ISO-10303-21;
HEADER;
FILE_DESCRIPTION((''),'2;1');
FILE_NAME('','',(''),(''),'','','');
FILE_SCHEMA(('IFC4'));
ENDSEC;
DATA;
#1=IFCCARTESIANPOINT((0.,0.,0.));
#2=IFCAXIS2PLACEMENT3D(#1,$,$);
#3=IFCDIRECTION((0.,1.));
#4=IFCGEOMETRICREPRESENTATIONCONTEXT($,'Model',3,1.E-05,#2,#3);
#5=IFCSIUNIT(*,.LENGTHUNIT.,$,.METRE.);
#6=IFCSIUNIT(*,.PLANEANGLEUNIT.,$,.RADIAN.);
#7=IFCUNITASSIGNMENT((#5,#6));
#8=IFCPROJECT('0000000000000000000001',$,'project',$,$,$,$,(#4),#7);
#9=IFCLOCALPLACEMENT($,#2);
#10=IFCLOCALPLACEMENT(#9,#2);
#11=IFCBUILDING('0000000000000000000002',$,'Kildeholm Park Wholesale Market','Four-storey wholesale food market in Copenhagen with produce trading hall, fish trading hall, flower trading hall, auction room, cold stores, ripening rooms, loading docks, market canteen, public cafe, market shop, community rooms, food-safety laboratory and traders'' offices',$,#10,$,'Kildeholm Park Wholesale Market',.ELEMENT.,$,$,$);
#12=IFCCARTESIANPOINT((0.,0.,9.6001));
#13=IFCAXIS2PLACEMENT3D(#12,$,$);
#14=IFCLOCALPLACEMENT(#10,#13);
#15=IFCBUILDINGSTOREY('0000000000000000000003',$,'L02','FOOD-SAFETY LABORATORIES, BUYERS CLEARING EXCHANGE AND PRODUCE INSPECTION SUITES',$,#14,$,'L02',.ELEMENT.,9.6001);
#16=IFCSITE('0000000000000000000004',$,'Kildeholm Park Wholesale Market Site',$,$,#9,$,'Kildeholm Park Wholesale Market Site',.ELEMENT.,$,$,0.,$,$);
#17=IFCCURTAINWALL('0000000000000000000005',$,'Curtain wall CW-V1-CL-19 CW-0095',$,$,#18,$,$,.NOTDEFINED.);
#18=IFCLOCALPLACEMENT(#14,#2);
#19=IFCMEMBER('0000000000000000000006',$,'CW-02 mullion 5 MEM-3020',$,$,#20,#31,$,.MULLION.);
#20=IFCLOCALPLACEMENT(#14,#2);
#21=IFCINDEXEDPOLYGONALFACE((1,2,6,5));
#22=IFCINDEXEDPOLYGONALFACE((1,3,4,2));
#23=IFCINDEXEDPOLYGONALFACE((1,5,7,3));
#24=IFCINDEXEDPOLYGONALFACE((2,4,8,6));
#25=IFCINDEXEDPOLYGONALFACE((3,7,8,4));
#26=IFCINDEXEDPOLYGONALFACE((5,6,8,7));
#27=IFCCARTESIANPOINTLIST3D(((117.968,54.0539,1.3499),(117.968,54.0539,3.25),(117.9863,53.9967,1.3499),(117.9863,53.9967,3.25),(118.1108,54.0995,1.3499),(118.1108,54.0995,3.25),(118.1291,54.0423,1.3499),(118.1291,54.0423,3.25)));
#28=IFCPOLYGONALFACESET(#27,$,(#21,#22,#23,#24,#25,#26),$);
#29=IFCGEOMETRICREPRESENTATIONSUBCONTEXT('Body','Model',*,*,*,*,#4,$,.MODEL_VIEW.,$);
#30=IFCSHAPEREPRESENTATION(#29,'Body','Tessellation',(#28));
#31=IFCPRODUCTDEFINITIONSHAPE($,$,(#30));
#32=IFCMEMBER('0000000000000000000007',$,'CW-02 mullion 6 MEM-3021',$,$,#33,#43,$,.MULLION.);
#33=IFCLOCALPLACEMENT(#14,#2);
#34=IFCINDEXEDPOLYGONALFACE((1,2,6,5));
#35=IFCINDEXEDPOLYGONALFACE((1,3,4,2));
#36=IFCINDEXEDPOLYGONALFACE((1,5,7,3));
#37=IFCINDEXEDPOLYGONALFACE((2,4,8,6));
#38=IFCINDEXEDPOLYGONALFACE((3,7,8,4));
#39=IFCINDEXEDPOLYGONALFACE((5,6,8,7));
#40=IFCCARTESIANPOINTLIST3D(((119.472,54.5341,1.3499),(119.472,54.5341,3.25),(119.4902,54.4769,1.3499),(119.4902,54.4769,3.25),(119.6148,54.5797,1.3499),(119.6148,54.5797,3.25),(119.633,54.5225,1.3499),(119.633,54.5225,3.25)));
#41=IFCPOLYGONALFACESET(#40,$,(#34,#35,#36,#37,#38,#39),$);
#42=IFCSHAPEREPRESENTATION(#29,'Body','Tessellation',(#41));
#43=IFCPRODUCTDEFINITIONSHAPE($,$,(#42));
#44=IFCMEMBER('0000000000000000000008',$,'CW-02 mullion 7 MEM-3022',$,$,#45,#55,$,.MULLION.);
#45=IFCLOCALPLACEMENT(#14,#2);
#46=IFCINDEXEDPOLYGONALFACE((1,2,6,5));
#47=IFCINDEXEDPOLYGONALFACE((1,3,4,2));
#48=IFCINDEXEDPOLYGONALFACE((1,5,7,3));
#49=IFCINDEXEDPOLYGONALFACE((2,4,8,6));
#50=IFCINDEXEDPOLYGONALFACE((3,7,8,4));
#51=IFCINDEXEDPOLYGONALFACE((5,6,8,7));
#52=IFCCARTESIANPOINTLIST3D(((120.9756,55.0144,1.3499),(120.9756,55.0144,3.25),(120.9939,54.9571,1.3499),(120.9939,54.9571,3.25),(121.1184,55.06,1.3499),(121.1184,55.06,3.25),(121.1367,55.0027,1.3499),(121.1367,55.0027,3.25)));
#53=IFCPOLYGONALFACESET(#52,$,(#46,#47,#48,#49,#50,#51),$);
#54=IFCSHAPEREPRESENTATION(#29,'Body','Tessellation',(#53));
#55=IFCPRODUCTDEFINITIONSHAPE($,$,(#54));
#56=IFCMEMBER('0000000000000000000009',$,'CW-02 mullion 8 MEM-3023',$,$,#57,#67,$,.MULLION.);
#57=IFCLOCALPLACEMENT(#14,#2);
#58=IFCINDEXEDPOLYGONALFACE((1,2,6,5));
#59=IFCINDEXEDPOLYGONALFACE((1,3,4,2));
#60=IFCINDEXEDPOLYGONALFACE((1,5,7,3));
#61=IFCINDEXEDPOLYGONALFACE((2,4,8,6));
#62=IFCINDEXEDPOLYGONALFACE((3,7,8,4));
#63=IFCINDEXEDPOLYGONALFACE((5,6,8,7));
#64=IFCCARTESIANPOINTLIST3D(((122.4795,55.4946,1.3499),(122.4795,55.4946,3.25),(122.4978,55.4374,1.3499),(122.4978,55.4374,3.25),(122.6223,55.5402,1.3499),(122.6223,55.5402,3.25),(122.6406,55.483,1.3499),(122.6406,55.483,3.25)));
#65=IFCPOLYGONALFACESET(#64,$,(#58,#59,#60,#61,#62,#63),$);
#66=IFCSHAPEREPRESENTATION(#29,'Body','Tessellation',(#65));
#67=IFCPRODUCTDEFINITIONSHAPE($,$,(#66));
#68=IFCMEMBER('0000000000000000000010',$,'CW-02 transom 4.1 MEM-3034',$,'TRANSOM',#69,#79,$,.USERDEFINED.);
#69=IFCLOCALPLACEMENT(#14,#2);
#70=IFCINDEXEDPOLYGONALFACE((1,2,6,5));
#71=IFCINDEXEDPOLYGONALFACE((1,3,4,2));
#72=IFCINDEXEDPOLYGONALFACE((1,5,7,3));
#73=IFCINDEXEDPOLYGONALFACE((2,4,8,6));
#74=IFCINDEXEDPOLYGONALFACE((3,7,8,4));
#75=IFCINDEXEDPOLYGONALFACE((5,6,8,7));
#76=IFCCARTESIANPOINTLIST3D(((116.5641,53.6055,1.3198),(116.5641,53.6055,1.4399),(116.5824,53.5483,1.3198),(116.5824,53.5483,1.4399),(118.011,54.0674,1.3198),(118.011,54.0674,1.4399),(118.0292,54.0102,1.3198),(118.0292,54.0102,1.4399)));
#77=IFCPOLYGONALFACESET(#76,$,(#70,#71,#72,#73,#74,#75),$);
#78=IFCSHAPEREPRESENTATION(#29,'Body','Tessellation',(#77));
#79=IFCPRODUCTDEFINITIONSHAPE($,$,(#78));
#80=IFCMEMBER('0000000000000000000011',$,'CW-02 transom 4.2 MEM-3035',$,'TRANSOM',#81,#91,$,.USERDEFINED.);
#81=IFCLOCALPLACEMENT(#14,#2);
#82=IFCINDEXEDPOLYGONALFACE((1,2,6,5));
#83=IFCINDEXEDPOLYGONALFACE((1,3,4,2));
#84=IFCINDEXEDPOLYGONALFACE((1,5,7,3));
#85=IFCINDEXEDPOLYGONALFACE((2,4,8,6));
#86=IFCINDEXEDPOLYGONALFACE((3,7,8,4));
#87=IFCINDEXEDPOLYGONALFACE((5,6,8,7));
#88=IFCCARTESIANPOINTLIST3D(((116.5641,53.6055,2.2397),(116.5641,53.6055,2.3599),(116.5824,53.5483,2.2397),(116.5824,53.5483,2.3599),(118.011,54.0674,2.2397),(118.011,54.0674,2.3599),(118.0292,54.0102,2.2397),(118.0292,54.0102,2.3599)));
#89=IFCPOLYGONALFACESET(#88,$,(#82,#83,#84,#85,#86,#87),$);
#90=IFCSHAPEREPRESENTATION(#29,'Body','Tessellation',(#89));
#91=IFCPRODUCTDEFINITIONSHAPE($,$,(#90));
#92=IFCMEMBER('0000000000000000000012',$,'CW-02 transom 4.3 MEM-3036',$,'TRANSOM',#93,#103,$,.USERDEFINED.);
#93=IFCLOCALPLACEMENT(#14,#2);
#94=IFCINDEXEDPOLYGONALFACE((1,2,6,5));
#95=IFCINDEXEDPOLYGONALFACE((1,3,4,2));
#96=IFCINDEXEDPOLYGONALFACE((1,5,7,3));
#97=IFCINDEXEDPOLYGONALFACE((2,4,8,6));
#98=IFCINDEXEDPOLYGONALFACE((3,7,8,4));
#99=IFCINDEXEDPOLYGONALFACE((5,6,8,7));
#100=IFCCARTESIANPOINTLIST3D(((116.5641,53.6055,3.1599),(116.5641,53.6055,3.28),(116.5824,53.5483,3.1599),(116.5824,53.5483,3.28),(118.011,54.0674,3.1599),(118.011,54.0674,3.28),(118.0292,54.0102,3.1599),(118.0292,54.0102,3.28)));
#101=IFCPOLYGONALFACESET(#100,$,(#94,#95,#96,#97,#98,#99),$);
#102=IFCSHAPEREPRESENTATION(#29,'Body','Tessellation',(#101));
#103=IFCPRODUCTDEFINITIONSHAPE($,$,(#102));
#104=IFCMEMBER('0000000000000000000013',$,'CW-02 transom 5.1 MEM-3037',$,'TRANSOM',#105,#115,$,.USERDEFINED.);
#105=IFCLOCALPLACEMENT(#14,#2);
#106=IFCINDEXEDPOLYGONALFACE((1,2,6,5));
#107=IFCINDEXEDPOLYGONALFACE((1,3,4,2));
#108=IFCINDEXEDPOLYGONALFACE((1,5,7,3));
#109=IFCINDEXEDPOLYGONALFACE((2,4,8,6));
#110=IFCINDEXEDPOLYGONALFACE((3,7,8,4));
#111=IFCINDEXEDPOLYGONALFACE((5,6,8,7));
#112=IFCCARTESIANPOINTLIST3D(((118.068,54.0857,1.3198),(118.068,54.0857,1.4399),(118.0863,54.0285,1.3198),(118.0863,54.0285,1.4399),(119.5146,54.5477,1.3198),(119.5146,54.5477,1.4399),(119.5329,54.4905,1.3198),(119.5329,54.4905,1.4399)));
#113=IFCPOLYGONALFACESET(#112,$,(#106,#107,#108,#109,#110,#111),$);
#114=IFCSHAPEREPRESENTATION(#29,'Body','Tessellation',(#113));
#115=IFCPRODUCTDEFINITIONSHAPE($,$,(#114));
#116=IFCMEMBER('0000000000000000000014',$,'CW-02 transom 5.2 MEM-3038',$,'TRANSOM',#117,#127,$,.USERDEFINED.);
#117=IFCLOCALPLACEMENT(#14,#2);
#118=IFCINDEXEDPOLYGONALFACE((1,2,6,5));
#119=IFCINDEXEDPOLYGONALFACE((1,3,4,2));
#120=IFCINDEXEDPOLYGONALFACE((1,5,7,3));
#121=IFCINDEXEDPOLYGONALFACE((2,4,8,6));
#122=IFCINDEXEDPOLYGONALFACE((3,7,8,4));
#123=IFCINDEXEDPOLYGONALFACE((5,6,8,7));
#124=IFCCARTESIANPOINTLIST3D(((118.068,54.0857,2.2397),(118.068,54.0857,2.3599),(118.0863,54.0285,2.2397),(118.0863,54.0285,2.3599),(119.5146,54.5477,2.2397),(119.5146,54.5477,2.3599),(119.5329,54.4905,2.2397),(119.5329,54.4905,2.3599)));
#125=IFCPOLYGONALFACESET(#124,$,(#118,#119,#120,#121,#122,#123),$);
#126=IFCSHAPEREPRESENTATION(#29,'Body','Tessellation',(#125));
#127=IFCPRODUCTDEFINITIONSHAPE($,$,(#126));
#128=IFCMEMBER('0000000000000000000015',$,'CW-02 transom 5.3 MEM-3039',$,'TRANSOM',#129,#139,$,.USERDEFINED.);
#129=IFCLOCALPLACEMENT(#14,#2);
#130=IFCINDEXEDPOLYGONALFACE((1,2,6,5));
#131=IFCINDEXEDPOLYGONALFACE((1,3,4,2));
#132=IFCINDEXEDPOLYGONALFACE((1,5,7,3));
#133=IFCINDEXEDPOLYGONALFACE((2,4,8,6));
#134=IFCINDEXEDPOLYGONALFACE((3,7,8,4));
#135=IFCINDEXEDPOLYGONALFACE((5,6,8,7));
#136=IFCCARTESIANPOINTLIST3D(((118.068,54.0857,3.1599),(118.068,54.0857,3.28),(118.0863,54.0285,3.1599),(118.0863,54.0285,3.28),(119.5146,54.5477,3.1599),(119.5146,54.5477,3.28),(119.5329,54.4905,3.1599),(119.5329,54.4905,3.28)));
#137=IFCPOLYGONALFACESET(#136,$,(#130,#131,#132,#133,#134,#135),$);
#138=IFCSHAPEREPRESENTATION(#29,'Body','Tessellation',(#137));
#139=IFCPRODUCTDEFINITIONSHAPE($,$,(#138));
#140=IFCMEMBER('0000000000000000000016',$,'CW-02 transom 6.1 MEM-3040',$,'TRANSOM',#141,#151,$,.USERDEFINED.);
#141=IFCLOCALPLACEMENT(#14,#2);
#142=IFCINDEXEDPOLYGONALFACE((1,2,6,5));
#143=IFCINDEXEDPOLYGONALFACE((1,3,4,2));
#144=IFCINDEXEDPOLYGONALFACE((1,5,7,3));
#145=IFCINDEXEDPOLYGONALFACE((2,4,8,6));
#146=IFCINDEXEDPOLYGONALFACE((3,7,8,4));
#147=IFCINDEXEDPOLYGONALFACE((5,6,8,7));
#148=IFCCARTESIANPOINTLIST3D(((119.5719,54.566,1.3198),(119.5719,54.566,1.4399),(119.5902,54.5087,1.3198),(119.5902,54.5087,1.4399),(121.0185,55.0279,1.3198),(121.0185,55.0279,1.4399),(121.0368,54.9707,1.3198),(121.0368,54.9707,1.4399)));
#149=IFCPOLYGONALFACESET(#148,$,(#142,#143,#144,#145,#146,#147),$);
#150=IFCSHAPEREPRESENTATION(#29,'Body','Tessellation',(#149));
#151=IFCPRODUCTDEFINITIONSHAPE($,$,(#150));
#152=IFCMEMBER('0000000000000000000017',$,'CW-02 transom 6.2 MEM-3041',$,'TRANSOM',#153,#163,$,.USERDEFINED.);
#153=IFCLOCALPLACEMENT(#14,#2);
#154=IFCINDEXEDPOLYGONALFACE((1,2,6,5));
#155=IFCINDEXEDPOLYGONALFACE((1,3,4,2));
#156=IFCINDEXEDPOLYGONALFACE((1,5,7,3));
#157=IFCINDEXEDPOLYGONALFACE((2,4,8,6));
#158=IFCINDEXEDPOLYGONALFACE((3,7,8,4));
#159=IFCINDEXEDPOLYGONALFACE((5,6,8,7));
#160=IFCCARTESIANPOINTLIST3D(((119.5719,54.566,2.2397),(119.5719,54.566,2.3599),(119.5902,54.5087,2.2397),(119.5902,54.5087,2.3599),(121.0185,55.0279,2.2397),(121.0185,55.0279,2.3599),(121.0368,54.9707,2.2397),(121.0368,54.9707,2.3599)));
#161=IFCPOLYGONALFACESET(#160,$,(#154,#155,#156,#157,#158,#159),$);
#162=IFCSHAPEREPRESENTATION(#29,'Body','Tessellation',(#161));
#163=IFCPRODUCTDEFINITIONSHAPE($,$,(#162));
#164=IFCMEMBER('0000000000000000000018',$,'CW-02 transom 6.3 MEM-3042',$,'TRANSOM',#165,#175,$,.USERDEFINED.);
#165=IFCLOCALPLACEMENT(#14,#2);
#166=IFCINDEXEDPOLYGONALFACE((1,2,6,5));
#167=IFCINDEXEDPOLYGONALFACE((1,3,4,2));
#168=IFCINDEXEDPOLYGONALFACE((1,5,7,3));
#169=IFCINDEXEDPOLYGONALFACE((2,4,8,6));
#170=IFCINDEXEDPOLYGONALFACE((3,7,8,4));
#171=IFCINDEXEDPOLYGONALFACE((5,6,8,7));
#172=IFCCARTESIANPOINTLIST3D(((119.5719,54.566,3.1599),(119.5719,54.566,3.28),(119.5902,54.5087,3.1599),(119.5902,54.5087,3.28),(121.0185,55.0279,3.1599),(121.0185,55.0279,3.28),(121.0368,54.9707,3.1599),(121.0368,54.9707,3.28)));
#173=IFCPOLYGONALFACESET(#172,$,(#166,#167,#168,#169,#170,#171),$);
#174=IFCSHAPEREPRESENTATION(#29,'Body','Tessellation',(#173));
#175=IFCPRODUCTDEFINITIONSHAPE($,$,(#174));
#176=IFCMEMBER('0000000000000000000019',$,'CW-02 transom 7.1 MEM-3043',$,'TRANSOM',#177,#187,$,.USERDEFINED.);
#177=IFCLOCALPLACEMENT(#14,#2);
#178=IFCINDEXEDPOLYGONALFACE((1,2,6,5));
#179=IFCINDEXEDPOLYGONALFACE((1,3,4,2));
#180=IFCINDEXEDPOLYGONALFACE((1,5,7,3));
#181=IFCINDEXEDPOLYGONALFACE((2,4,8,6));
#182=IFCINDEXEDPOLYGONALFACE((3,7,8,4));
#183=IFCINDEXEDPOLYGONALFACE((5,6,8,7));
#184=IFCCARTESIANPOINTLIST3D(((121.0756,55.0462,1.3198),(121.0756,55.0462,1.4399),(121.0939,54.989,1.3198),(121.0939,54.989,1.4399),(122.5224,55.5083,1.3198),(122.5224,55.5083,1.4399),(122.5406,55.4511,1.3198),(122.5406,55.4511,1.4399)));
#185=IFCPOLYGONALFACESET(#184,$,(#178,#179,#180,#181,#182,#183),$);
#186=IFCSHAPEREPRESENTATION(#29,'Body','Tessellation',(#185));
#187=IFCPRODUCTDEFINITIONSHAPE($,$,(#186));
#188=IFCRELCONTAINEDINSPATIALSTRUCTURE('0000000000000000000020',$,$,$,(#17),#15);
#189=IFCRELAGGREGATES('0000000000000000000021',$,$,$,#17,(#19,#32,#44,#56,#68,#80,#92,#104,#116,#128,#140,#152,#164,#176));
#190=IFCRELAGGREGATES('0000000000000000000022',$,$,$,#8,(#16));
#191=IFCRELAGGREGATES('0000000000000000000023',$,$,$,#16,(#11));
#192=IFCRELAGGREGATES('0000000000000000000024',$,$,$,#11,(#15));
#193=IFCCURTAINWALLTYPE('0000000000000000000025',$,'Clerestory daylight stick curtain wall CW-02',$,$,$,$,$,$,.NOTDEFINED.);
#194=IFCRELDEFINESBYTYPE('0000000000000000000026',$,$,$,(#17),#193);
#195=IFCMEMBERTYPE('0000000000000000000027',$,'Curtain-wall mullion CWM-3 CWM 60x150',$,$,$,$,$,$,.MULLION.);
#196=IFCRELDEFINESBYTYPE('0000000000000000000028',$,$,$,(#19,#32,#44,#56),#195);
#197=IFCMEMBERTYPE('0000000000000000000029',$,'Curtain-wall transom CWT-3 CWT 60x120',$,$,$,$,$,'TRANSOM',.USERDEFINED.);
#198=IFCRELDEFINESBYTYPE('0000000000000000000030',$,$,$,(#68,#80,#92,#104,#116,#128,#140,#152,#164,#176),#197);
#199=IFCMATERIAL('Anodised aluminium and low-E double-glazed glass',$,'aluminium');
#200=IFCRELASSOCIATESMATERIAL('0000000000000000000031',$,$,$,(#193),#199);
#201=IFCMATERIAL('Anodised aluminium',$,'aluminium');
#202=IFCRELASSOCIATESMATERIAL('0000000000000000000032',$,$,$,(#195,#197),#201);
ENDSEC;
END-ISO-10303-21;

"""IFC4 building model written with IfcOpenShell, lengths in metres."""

from ifc_helpers import new_model, si_unit, direction, frame, origin, origin_2d, place, context, subcontext, project, spatial, rectangle, extrude, material, material_profile, profile_set, type_object, element, aggregate, save


model = new_model("IFC4")

# Units and contexts
model_context = context("Model", 3, precision=1e-05, world=origin(), true_north=direction((0.0, 1.0)))
body_context = subcontext(model_context, "Body", "Model", "MODEL_VIEW")
ifc_project = project(units=[si_unit("LENGTHUNIT", "METRE"), si_unit("PLANEANGLEUNIT", "RADIAN")], contexts=[model_context])

# Site, building, storey
site_placement = place(None, origin())
site = spatial("IfcSite", under=ifc_project, at=site_placement, Name="Kildeholm Park Wholesale Market Site", LongName="Kildeholm Park Wholesale Market Site", CompositionType="ELEMENT", RefElevation=0.0)
building_placement = place(site_placement, origin())
building = spatial("IfcBuilding", under=site, at=building_placement, Name="Kildeholm Park Wholesale Market", Description="Four-storey wholesale food market in Copenhagen with produce trading hall, fish trading hall, flower trading hall, auction room, cold stores, ripening rooms, loading docks, market canteen, public cafe, market shop, community rooms, food-safety laboratory and traders' offices", LongName="Kildeholm Park Wholesale Market", CompositionType="ELEMENT")
storey_placement = place(building_placement, frame((0.0, 0.0, 9.6001)))
storey = spatial("IfcBuildingStorey", under=building, at=storey_placement, Name="L02", Description="FOOD-SAFETY LABORATORIES, BUYERS CLEARING EXCHANGE AND PRODUCE INSPECTION SUITES", LongName="L02", CompositionType="ELEMENT", Elevation=9.6001)

# Curtain wall, members
ifc_material_1 = material(Name="Anodised aluminium and low-E double-glazed glass", Category="aluminium")
curtain_wall_type = type_object("IfcCurtainWallType", Name="Clerestory daylight stick curtain wall CW-02", PredefinedType="NOTDEFINED", material=ifc_material_1)
curtain_wall_placement = place(storey_placement, origin())
curtain_wall = element("IfcCurtainWall", 1, at=curtain_wall_placement, inside=storey, type_object=curtain_wall_type, Name="Curtain wall CW-V1-CL-19 CW-0095", PredefinedType="NOTDEFINED")
ifc_material_2 = material(Name="Anodised aluminium", Category="aluminium")
ifc_material_profile_1 = material_profile(ifc_material_2, rectangle(XDim=0.0601, YDim=0.1499, at=origin_2d()), Name="CWM 60x150")
ifc_profile_set_1 = profile_set([ifc_material_profile_1], Name="Anodised aluminium")
member_type_1 = type_object("IfcMemberType", Name="Curtain-wall mullion CWM-3 CWM 60x150", PredefinedType="MULLION", material=ifc_profile_set_1)
member_1_placement = place(storey_placement, frame((118.0486, 54.0481, 1.3499), z_axis=(0.0, 0.0, 1.0), x_axis=(-0.304207, 0.952606, 0.0)))
member_1 = element("IfcMember", 2, at=member_1_placement, type_object=member_type_1, Name="CW-02 mullion 5 MEM-3020", PredefinedType="MULLION", context=body_context, shape_type="SweptSolid", body=[
    extrude(rectangle(XDim=0.0601, YDim=0.1499, at=origin_2d()), origin(), (0.0, 0.0, 1.0), 1.9001),
])
member_2_placement = place(storey_placement, frame((119.5525, 54.5283, 1.3499), z_axis=(0.0, 0.0, 1.0), x_axis=(-0.304207, 0.952606, 0.0)))
member_2 = element("IfcMember", 3, at=member_2_placement, type_object=member_type_1, Name="CW-02 mullion 6 MEM-3021", PredefinedType="MULLION", context=body_context, shape_type="SweptSolid", body=[
    extrude(rectangle(XDim=0.0601, YDim=0.1499, at=origin_2d()), origin(), (0.0, 0.0, 1.0), 1.9001),
])
member_3_placement = place(storey_placement, frame((121.0562, 55.0085, 1.3499), z_axis=(0.0, 0.0, 1.0), x_axis=(-0.304207, 0.952606, 0.0)))
member_3 = element("IfcMember", 4, at=member_3_placement, type_object=member_type_1, Name="CW-02 mullion 7 MEM-3022", PredefinedType="MULLION", context=body_context, shape_type="SweptSolid", body=[
    extrude(rectangle(XDim=0.0601, YDim=0.1499, at=origin_2d()), origin(), (0.0, 0.0, 1.0), 1.9001),
])
member_4_placement = place(storey_placement, frame((122.5601, 55.4888, 1.3499), z_axis=(0.0, 0.0, 1.0), x_axis=(-0.304207, 0.952606, 0.0)))
member_4 = element("IfcMember", 5, at=member_4_placement, type_object=member_type_1, Name="CW-02 mullion 8 MEM-3023", PredefinedType="MULLION", context=body_context, shape_type="SweptSolid", body=[
    extrude(rectangle(XDim=0.0601, YDim=0.1499, at=origin_2d()), origin(), (0.0, 0.0, 1.0), 1.9001),
])
ifc_material_profile_2 = material_profile(ifc_material_2, rectangle(XDim=0.0601, YDim=0.1201, at=origin_2d()), Name="CWT 60x120")
ifc_profile_set_2 = profile_set([ifc_material_profile_2], Name="Anodised aluminium")
member_type_2 = type_object("IfcMemberType", Name="Curtain-wall transom CWT-3 CWT 60x120", ElementType="TRANSOM", PredefinedType="USERDEFINED", material=ifc_profile_set_2)
member_5_placement = place(storey_placement, frame((116.5732, 53.5769, 1.3799), z_axis=(0.952626, 0.304146, 0.0), x_axis=(-0.304146, 0.952626, 0.0)))
member_5 = element("IfcMember", 6, at=member_5_placement, type_object=member_type_2, Name="CW-02 transom 4.1 MEM-3034", ObjectType="TRANSOM", PredefinedType="USERDEFINED", context=body_context, shape_type="SweptSolid", body=[
    extrude(rectangle(XDim=0.0601, YDim=0.1201, at=origin_2d()), origin(), (0.0, 0.0, 1.0), 1.5188),
])
member_6_placement = place(storey_placement, frame((116.5732, 53.5769, 2.2998), z_axis=(0.952626, 0.304146, 0.0), x_axis=(-0.304146, 0.952626, 0.0)))
member_6 = element("IfcMember", 7, at=member_6_placement, type_object=member_type_2, Name="CW-02 transom 4.2 MEM-3035", ObjectType="TRANSOM", PredefinedType="USERDEFINED", context=body_context, shape_type="SweptSolid", body=[
    extrude(rectangle(XDim=0.0601, YDim=0.1201, at=origin_2d()), origin(), (0.0, 0.0, 1.0), 1.5188),
])
member_7_placement = place(storey_placement, frame((116.5732, 53.5769, 3.22), z_axis=(0.952626, 0.304146, 0.0), x_axis=(-0.304146, 0.952626, 0.0)))
member_7 = element("IfcMember", 8, at=member_7_placement, type_object=member_type_2, Name="CW-02 transom 4.3 MEM-3036", ObjectType="TRANSOM", PredefinedType="USERDEFINED", context=body_context, shape_type="SweptSolid", body=[
    extrude(rectangle(XDim=0.0601, YDim=0.1201, at=origin_2d()), origin(), (0.0, 0.0, 1.0), 1.5188),
])
member_8_placement = place(storey_placement, frame((118.0771, 54.0571, 1.3799), z_axis=(0.952611, 0.304192, 0.0), x_axis=(-0.304192, 0.952611, 0.0)))
member_8 = element("IfcMember", 9, at=member_8_placement, type_object=member_type_2, Name="CW-02 transom 5.1 MEM-3037", ObjectType="TRANSOM", PredefinedType="USERDEFINED", context=body_context, shape_type="SweptSolid", body=[
    extrude(rectangle(XDim=0.0601, YDim=0.1201, at=origin_2d()), origin(), (0.0, 0.0, 1.0), 1.5186),
])
member_9_placement = place(storey_placement, frame((118.0771, 54.0571, 2.2998), z_axis=(0.952611, 0.304192, 0.0), x_axis=(-0.304192, 0.952611, 0.0)))
member_9 = element("IfcMember", 10, at=member_9_placement, type_object=member_type_2, Name="CW-02 transom 5.2 MEM-3038", ObjectType="TRANSOM", PredefinedType="USERDEFINED", context=body_context, shape_type="SweptSolid", body=[
    extrude(rectangle(XDim=0.0601, YDim=0.1201, at=origin_2d()), origin(), (0.0, 0.0, 1.0), 1.5186),
])
member_10_placement = place(storey_placement, frame((118.0771, 54.0571, 3.22), z_axis=(0.952611, 0.304192, 0.0), x_axis=(-0.304192, 0.952611, 0.0)))
member_10 = element("IfcMember", 11, at=member_10_placement, type_object=member_type_2, Name="CW-02 transom 5.3 MEM-3039", ObjectType="TRANSOM", PredefinedType="USERDEFINED", context=body_context, shape_type="SweptSolid", body=[
    extrude(rectangle(XDim=0.0601, YDim=0.1201, at=origin_2d()), origin(), (0.0, 0.0, 1.0), 1.5186),
])
member_11_placement = place(storey_placement, frame((119.5811, 54.5374, 1.3799), z_axis=(0.952611, 0.304192, 0.0), x_axis=(-0.304192, 0.952611, 0.0)))
member_11 = element("IfcMember", 12, at=member_11_placement, type_object=member_type_2, Name="CW-02 transom 6.1 MEM-3040", ObjectType="TRANSOM", PredefinedType="USERDEFINED", context=body_context, shape_type="SweptSolid", body=[
    extrude(rectangle(XDim=0.0601, YDim=0.1201, at=origin_2d()), origin(), (0.0, 0.0, 1.0), 1.5186),
])
member_12_placement = place(storey_placement, frame((119.5811, 54.5374, 2.2998), z_axis=(0.952611, 0.304192, 0.0), x_axis=(-0.304192, 0.952611, 0.0)))
member_12 = element("IfcMember", 13, at=member_12_placement, type_object=member_type_2, Name="CW-02 transom 6.2 MEM-3041", ObjectType="TRANSOM", PredefinedType="USERDEFINED", context=body_context, shape_type="SweptSolid", body=[
    extrude(rectangle(XDim=0.0601, YDim=0.1201, at=origin_2d()), origin(), (0.0, 0.0, 1.0), 1.5186),
])
member_13_placement = place(storey_placement, frame((119.5811, 54.5374, 3.22), z_axis=(0.952611, 0.304192, 0.0), x_axis=(-0.304192, 0.952611, 0.0)))
member_13 = element("IfcMember", 14, at=member_13_placement, type_object=member_type_2, Name="CW-02 transom 6.3 MEM-3042", ObjectType="TRANSOM", PredefinedType="USERDEFINED", context=body_context, shape_type="SweptSolid", body=[
    extrude(rectangle(XDim=0.0601, YDim=0.1201, at=origin_2d()), origin(), (0.0, 0.0, 1.0), 1.5186),
])
member_14_placement = place(storey_placement, frame((121.0847, 55.0176, 1.3799), z_axis=(0.952579, 0.304292, 0.0), x_axis=(-0.304292, 0.952579, 0.0)))
member_14 = element("IfcMember", 15, at=member_14_placement, type_object=member_type_2, Name="CW-02 transom 7.1 MEM-3043", ObjectType="TRANSOM", PredefinedType="USERDEFINED", context=body_context, shape_type="SweptSolid", body=[
    extrude(rectangle(XDim=0.0601, YDim=0.1201, at=origin_2d()), origin(), (0.0, 0.0, 1.0), 1.5188),
])
aggregate(curtain_wall, [member_1, member_2, member_3, member_4, member_5, member_6, member_7, member_8, member_9, member_10, member_11, member_12, member_13, member_14])

save(model, "model.ifc")
